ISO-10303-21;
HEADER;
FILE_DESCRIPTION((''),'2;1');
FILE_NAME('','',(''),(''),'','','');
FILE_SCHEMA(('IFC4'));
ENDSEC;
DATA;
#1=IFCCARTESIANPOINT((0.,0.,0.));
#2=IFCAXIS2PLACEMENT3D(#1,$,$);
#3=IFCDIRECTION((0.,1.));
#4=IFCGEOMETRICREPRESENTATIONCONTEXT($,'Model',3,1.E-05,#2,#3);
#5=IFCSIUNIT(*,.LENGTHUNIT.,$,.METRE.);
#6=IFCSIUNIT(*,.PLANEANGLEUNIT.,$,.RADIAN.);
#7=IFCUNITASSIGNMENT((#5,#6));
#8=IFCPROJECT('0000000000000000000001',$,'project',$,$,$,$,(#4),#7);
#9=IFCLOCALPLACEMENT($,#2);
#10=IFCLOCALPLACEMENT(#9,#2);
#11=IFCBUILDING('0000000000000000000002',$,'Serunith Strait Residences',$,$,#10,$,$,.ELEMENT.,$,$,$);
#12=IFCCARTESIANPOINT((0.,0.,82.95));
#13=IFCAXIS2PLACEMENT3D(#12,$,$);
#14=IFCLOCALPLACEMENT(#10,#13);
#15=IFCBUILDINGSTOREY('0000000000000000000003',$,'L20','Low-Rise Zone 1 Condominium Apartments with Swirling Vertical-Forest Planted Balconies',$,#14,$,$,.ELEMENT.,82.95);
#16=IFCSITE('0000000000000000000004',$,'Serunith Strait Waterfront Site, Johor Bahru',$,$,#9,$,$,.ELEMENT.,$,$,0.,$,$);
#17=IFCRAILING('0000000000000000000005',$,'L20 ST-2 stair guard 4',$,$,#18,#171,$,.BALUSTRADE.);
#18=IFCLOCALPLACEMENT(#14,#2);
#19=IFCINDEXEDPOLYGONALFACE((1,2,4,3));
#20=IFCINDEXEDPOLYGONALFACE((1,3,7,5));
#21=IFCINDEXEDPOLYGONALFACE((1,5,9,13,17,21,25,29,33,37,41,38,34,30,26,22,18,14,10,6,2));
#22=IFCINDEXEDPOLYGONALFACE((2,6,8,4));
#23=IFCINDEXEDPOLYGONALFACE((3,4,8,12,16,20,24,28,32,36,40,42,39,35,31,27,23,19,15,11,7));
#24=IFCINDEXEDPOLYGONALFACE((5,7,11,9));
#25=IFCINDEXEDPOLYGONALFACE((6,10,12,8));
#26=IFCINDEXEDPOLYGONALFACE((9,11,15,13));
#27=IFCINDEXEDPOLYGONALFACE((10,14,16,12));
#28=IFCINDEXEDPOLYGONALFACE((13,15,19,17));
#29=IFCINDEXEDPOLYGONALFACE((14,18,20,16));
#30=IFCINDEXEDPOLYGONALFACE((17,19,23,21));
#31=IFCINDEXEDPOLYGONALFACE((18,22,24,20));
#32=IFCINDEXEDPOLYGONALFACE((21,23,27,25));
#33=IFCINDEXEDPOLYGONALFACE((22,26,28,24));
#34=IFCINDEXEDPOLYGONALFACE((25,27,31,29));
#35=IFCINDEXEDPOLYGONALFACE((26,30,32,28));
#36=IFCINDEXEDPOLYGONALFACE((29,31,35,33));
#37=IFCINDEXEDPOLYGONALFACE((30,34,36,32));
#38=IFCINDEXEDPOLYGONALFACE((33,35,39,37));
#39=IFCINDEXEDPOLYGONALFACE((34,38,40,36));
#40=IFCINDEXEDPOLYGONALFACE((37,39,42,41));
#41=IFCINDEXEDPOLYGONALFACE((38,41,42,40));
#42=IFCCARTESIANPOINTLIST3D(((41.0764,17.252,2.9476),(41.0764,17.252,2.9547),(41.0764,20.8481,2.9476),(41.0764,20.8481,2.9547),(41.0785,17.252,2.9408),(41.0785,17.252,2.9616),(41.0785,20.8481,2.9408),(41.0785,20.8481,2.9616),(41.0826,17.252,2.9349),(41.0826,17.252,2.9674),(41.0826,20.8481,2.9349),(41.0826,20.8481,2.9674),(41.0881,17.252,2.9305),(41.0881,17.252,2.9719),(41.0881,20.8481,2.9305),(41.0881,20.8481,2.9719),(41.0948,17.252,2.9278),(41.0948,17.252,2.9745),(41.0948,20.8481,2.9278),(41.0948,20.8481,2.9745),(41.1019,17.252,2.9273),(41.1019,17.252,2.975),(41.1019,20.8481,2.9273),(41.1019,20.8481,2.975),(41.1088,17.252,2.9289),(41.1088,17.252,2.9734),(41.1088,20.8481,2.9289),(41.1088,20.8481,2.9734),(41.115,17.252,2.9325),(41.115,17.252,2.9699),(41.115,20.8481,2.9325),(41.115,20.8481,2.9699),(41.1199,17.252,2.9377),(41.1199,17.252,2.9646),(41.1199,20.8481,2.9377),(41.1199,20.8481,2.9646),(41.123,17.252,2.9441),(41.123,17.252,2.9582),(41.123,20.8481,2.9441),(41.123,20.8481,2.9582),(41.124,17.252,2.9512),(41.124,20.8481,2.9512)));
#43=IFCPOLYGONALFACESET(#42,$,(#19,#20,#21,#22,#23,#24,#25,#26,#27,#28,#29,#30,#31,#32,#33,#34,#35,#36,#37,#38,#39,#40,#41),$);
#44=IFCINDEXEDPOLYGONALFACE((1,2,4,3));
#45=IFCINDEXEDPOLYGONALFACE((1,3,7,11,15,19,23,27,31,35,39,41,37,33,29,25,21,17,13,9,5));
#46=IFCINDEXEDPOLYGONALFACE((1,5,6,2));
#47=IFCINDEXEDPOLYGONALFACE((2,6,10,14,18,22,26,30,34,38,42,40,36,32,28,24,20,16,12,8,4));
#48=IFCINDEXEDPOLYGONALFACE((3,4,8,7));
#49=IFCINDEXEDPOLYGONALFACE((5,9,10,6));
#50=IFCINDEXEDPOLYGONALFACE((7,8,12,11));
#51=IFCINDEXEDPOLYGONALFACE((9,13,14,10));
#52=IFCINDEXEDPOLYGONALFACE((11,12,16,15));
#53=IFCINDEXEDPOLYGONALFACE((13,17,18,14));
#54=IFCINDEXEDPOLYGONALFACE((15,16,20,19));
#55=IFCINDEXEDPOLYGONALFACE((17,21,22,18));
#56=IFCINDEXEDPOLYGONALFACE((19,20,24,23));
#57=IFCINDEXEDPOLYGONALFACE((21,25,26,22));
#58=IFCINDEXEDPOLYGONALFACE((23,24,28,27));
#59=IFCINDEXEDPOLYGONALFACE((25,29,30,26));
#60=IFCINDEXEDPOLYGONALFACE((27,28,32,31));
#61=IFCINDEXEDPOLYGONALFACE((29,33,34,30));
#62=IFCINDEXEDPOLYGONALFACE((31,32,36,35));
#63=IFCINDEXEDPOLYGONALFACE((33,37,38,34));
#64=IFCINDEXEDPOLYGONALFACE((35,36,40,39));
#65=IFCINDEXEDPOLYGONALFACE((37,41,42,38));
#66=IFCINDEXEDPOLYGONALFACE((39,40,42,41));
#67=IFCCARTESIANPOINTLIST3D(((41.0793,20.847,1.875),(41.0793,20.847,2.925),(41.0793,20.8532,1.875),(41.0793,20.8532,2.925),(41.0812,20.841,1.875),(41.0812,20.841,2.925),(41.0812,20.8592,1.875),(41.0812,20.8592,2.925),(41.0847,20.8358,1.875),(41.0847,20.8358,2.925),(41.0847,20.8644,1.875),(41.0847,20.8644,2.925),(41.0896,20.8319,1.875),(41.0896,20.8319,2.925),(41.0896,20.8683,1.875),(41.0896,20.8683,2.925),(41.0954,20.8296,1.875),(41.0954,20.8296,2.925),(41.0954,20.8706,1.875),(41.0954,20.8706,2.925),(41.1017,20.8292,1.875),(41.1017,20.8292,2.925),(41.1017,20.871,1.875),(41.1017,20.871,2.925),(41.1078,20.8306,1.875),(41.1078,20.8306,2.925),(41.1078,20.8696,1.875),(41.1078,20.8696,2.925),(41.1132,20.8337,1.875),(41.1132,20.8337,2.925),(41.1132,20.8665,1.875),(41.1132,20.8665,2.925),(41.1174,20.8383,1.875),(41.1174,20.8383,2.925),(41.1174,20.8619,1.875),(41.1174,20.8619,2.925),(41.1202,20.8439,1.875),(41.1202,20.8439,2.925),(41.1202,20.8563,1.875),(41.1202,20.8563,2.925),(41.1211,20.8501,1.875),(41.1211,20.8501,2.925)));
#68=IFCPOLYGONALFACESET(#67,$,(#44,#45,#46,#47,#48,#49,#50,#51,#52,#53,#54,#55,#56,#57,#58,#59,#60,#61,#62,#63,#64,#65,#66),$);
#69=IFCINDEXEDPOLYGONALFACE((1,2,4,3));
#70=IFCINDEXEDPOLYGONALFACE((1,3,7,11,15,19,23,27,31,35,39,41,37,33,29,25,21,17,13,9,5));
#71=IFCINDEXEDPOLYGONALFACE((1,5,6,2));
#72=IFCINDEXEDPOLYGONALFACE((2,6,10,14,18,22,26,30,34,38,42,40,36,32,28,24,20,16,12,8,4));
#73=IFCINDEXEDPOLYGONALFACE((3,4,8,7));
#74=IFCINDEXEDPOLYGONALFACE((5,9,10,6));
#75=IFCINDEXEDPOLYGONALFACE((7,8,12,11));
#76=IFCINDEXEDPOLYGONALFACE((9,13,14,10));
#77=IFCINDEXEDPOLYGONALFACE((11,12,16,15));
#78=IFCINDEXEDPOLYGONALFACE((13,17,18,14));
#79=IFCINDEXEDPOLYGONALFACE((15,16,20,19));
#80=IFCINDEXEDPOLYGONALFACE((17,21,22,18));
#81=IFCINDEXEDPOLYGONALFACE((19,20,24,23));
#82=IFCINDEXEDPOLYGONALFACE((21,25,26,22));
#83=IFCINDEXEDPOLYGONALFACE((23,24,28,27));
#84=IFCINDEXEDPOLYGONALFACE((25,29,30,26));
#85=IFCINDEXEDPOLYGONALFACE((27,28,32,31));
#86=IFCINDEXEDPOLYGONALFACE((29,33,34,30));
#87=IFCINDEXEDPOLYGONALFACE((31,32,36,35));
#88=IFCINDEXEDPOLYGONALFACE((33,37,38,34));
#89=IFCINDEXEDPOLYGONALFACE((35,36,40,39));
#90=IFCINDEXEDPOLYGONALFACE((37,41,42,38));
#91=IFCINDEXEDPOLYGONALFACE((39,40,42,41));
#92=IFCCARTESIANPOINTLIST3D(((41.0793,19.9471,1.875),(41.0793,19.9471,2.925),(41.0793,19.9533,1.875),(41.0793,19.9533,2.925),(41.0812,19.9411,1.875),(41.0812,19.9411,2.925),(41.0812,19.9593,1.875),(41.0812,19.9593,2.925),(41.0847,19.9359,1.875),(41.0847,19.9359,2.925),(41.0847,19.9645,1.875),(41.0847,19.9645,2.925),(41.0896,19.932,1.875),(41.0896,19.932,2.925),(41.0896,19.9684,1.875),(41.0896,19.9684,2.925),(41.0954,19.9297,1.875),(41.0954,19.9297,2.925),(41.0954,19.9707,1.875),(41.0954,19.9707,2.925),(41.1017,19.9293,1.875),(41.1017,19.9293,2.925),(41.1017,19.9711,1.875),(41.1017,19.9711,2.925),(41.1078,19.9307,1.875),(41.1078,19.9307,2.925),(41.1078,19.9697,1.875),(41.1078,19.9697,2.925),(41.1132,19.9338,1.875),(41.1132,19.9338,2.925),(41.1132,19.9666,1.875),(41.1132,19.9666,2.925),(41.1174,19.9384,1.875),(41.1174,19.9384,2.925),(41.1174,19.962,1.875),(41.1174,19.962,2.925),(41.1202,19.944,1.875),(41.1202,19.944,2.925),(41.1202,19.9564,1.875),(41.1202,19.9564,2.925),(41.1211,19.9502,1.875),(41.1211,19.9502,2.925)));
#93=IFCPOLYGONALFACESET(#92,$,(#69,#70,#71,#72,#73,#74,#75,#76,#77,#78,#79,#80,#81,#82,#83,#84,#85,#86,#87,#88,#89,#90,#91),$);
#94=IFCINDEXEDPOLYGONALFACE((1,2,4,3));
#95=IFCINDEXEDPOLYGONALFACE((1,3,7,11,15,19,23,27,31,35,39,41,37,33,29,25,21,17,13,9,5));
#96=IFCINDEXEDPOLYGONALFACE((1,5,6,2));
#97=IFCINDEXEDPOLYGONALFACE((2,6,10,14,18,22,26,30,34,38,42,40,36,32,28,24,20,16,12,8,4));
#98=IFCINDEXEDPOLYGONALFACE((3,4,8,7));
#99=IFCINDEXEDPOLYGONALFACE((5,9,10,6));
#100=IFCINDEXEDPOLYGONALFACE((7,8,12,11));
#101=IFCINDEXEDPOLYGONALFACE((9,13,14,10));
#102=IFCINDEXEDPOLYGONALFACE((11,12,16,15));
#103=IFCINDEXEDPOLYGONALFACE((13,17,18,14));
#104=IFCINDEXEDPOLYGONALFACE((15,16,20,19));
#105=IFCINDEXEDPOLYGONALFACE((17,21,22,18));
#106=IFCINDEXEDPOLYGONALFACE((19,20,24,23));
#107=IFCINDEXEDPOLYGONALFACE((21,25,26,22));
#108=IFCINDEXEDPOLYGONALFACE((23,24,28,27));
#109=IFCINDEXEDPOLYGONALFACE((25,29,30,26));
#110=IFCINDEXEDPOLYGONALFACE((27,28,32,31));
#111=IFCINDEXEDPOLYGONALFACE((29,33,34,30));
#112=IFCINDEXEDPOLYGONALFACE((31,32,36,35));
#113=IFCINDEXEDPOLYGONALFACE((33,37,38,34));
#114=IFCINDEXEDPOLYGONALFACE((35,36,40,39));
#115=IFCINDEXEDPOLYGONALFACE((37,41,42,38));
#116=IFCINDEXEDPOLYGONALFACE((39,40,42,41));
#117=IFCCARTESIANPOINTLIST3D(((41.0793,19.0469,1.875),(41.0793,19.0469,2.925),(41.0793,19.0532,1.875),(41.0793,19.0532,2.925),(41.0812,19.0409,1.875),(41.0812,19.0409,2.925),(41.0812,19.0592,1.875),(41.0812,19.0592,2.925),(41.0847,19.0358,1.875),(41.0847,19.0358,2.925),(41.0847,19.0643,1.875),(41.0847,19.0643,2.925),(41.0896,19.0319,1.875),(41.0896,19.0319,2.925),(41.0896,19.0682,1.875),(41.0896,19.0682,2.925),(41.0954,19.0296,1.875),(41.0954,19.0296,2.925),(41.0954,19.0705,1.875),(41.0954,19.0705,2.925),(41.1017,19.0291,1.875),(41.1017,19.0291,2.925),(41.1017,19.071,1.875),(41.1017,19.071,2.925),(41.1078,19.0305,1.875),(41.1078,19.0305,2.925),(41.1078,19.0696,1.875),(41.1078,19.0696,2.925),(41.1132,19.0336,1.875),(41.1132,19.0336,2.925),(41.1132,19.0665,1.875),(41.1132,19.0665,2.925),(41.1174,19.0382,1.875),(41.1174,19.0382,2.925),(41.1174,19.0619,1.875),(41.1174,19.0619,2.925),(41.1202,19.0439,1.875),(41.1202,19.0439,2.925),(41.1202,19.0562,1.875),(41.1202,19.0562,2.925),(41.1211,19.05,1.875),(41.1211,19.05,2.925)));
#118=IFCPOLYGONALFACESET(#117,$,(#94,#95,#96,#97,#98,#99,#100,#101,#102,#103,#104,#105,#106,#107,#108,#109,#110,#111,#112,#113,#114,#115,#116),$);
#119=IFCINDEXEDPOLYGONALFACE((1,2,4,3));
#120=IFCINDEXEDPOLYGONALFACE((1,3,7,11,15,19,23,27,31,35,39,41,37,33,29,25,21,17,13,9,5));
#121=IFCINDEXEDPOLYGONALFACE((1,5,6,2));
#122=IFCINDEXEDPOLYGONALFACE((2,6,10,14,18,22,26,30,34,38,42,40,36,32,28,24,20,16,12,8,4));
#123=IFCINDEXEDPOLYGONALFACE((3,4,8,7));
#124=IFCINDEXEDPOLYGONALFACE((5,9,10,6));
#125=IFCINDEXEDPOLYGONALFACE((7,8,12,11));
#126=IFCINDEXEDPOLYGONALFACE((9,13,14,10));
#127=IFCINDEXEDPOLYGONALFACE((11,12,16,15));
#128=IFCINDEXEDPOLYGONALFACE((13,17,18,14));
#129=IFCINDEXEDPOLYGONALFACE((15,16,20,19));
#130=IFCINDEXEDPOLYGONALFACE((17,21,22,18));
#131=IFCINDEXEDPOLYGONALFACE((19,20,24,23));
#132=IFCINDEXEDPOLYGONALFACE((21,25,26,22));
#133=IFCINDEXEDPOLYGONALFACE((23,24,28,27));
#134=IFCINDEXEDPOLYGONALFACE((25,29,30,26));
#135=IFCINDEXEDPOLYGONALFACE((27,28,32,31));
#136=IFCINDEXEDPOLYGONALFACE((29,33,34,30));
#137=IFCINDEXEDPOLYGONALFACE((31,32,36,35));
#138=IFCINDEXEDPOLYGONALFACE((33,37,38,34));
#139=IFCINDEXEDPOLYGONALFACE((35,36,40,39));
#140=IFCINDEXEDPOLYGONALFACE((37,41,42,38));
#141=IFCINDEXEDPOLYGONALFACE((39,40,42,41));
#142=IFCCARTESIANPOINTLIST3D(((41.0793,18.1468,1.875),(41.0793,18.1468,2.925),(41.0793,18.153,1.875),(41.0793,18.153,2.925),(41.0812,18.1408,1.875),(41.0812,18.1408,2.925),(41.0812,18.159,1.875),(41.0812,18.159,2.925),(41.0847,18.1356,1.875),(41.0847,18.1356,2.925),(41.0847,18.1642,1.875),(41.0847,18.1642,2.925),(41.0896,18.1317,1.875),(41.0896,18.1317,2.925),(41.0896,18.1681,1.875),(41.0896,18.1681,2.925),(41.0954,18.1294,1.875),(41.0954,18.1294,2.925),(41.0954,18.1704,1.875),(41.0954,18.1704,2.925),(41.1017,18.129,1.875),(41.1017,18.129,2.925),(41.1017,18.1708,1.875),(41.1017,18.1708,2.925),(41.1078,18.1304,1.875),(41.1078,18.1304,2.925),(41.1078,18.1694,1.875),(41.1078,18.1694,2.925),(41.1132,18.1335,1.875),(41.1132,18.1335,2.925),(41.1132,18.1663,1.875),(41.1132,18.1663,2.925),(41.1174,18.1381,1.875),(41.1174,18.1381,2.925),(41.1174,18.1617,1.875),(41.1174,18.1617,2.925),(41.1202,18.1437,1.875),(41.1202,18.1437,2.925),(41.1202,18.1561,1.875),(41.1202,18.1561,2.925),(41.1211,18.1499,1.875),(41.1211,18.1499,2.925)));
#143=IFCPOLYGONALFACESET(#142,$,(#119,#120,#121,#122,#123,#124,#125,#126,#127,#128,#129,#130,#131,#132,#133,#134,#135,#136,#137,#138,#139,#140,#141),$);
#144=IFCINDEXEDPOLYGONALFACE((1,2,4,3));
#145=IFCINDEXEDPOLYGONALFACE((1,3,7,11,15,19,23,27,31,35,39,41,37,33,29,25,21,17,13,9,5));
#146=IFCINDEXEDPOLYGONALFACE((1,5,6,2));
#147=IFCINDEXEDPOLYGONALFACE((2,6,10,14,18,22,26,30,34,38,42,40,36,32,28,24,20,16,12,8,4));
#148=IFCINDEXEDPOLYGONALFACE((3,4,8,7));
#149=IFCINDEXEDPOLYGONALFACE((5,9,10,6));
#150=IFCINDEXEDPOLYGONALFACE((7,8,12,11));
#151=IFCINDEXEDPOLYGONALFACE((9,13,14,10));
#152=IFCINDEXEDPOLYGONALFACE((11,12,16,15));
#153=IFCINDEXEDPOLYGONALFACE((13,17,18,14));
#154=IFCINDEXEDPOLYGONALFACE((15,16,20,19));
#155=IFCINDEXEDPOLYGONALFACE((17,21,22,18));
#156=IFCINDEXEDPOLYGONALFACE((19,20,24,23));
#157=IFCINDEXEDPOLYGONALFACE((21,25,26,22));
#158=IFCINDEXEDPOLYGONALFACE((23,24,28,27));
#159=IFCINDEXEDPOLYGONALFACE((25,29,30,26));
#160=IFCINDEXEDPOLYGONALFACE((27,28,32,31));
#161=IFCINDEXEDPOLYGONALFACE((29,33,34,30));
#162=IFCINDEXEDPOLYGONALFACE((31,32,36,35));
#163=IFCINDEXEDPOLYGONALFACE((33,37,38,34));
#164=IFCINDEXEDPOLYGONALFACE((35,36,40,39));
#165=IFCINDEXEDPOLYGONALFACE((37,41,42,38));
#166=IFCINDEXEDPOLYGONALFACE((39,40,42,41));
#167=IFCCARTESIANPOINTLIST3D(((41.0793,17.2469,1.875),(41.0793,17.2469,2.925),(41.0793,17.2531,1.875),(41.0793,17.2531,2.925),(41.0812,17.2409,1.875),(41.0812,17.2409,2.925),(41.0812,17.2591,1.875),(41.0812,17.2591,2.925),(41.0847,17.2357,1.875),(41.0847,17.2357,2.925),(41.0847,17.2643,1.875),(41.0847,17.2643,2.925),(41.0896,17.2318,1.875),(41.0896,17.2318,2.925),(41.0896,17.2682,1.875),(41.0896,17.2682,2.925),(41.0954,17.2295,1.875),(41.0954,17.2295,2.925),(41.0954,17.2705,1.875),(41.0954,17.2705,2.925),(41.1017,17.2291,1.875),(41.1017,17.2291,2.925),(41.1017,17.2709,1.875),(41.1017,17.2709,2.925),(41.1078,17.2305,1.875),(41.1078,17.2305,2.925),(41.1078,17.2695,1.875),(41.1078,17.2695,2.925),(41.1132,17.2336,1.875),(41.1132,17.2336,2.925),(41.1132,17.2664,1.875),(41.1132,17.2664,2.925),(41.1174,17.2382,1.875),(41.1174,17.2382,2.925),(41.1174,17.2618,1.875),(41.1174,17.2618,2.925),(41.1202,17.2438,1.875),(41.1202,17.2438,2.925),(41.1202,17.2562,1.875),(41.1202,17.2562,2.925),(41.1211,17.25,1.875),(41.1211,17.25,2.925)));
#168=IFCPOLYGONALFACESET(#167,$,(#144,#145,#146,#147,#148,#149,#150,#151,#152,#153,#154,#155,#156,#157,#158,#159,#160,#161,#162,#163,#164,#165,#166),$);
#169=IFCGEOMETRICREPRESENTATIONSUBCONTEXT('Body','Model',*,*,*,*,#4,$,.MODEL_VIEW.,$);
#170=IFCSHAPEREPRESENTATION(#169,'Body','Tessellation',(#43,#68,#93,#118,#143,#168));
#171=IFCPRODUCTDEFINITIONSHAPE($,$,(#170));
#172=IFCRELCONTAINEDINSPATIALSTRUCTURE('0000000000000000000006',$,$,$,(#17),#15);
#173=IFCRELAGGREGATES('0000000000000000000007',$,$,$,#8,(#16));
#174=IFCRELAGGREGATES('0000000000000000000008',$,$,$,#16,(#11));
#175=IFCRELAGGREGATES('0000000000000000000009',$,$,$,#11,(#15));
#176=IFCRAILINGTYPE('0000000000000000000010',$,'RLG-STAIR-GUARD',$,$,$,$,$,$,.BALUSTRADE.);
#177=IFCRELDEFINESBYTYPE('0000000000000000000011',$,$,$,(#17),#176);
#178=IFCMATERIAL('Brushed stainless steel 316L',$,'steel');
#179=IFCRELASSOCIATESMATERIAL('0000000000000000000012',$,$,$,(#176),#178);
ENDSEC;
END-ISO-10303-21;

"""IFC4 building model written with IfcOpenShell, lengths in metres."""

from ifc_helpers import new_model, si_unit, direction, frame, origin, origin_2d, place, context, subcontext, project, spatial, circle, extrude, material, type_object, element, save


model = new_model("IFC4")

# Units and contexts
model_context = context("Model", 3, precision=1e-05, world=origin(), true_north=direction((0.0, 1.0)))
body_context = subcontext(model_context, "Body", "Model", "MODEL_VIEW")
ifc_project = project(units=[si_unit("LENGTHUNIT", "METRE"), si_unit("PLANEANGLEUNIT", "RADIAN")], contexts=[model_context])

# Site, building, storey
site_placement = place(None, origin())
site = spatial("IfcSite", under=ifc_project, at=site_placement, Name="Serunith Strait Waterfront Site, Johor Bahru", CompositionType="ELEMENT", RefElevation=0.0)
building_placement = place(site_placement, origin())
building = spatial("IfcBuilding", under=site, at=building_placement, Name="Serunith Strait Residences", CompositionType="ELEMENT")
storey_placement = place(building_placement, frame((0.0, 0.0, 82.95)))
storey = spatial("IfcBuildingStorey", under=building, at=storey_placement, Name="L20", Description="Low-Rise Zone 1 Condominium Apartments with Swirling Vertical-Forest Planted Balconies", CompositionType="ELEMENT", Elevation=82.95)

# Railing
ifc_material_1 = material(Name="Brushed stainless steel 316L", Category="steel")
railing_type_1 = type_object("IfcRailingType", Name="RLG-STAIR-GUARD", PredefinedType="BALUSTRADE", material=ifc_material_1)
for number, where, name in (
    (1, (41.1001, 20.8501, 1.875), "L20 ST-2 stair guard 4"),
):
    element("IfcRailing", number, at=place(storey_placement, frame(where)), inside=storey, type_object=railing_type_1, Name=name, PredefinedType="BALUSTRADE", context=body_context, shape_type="SweptSolid", body=[
        extrude(circle(Radius=0.0239, at=origin_2d()), frame((0.0, -0.002, 1.0762), z_axis=(0.0, -1.0, 0.0), x_axis=(1.0, 0.0, 0.0)), (0.0, 0.0, 1.0), 3.5962),
        extrude(circle(Radius=0.021, at=origin_2d()), origin(), (0.0, 0.0, 1.0), 1.05),
        extrude(circle(Radius=0.021, at=origin_2d()), frame((0.0, -0.8999, 0.0)), (0.0, 0.0, 1.0), 1.05),
        extrude(circle(Radius=0.021, at=origin_2d()), frame((0.0, -1.8, 0.0)), (0.0, 0.0, 1.0), 1.05),
        extrude(circle(Radius=0.021, at=origin_2d()), frame((0.0, -2.7002, 0.0)), (0.0, 0.0, 1.0), 1.05),
        extrude(circle(Radius=0.021, at=origin_2d()), frame((0.0, -3.6001, 0.0)), (0.0, 0.0, 1.0), 1.05),
    ])

save(model, "model.ifc")
